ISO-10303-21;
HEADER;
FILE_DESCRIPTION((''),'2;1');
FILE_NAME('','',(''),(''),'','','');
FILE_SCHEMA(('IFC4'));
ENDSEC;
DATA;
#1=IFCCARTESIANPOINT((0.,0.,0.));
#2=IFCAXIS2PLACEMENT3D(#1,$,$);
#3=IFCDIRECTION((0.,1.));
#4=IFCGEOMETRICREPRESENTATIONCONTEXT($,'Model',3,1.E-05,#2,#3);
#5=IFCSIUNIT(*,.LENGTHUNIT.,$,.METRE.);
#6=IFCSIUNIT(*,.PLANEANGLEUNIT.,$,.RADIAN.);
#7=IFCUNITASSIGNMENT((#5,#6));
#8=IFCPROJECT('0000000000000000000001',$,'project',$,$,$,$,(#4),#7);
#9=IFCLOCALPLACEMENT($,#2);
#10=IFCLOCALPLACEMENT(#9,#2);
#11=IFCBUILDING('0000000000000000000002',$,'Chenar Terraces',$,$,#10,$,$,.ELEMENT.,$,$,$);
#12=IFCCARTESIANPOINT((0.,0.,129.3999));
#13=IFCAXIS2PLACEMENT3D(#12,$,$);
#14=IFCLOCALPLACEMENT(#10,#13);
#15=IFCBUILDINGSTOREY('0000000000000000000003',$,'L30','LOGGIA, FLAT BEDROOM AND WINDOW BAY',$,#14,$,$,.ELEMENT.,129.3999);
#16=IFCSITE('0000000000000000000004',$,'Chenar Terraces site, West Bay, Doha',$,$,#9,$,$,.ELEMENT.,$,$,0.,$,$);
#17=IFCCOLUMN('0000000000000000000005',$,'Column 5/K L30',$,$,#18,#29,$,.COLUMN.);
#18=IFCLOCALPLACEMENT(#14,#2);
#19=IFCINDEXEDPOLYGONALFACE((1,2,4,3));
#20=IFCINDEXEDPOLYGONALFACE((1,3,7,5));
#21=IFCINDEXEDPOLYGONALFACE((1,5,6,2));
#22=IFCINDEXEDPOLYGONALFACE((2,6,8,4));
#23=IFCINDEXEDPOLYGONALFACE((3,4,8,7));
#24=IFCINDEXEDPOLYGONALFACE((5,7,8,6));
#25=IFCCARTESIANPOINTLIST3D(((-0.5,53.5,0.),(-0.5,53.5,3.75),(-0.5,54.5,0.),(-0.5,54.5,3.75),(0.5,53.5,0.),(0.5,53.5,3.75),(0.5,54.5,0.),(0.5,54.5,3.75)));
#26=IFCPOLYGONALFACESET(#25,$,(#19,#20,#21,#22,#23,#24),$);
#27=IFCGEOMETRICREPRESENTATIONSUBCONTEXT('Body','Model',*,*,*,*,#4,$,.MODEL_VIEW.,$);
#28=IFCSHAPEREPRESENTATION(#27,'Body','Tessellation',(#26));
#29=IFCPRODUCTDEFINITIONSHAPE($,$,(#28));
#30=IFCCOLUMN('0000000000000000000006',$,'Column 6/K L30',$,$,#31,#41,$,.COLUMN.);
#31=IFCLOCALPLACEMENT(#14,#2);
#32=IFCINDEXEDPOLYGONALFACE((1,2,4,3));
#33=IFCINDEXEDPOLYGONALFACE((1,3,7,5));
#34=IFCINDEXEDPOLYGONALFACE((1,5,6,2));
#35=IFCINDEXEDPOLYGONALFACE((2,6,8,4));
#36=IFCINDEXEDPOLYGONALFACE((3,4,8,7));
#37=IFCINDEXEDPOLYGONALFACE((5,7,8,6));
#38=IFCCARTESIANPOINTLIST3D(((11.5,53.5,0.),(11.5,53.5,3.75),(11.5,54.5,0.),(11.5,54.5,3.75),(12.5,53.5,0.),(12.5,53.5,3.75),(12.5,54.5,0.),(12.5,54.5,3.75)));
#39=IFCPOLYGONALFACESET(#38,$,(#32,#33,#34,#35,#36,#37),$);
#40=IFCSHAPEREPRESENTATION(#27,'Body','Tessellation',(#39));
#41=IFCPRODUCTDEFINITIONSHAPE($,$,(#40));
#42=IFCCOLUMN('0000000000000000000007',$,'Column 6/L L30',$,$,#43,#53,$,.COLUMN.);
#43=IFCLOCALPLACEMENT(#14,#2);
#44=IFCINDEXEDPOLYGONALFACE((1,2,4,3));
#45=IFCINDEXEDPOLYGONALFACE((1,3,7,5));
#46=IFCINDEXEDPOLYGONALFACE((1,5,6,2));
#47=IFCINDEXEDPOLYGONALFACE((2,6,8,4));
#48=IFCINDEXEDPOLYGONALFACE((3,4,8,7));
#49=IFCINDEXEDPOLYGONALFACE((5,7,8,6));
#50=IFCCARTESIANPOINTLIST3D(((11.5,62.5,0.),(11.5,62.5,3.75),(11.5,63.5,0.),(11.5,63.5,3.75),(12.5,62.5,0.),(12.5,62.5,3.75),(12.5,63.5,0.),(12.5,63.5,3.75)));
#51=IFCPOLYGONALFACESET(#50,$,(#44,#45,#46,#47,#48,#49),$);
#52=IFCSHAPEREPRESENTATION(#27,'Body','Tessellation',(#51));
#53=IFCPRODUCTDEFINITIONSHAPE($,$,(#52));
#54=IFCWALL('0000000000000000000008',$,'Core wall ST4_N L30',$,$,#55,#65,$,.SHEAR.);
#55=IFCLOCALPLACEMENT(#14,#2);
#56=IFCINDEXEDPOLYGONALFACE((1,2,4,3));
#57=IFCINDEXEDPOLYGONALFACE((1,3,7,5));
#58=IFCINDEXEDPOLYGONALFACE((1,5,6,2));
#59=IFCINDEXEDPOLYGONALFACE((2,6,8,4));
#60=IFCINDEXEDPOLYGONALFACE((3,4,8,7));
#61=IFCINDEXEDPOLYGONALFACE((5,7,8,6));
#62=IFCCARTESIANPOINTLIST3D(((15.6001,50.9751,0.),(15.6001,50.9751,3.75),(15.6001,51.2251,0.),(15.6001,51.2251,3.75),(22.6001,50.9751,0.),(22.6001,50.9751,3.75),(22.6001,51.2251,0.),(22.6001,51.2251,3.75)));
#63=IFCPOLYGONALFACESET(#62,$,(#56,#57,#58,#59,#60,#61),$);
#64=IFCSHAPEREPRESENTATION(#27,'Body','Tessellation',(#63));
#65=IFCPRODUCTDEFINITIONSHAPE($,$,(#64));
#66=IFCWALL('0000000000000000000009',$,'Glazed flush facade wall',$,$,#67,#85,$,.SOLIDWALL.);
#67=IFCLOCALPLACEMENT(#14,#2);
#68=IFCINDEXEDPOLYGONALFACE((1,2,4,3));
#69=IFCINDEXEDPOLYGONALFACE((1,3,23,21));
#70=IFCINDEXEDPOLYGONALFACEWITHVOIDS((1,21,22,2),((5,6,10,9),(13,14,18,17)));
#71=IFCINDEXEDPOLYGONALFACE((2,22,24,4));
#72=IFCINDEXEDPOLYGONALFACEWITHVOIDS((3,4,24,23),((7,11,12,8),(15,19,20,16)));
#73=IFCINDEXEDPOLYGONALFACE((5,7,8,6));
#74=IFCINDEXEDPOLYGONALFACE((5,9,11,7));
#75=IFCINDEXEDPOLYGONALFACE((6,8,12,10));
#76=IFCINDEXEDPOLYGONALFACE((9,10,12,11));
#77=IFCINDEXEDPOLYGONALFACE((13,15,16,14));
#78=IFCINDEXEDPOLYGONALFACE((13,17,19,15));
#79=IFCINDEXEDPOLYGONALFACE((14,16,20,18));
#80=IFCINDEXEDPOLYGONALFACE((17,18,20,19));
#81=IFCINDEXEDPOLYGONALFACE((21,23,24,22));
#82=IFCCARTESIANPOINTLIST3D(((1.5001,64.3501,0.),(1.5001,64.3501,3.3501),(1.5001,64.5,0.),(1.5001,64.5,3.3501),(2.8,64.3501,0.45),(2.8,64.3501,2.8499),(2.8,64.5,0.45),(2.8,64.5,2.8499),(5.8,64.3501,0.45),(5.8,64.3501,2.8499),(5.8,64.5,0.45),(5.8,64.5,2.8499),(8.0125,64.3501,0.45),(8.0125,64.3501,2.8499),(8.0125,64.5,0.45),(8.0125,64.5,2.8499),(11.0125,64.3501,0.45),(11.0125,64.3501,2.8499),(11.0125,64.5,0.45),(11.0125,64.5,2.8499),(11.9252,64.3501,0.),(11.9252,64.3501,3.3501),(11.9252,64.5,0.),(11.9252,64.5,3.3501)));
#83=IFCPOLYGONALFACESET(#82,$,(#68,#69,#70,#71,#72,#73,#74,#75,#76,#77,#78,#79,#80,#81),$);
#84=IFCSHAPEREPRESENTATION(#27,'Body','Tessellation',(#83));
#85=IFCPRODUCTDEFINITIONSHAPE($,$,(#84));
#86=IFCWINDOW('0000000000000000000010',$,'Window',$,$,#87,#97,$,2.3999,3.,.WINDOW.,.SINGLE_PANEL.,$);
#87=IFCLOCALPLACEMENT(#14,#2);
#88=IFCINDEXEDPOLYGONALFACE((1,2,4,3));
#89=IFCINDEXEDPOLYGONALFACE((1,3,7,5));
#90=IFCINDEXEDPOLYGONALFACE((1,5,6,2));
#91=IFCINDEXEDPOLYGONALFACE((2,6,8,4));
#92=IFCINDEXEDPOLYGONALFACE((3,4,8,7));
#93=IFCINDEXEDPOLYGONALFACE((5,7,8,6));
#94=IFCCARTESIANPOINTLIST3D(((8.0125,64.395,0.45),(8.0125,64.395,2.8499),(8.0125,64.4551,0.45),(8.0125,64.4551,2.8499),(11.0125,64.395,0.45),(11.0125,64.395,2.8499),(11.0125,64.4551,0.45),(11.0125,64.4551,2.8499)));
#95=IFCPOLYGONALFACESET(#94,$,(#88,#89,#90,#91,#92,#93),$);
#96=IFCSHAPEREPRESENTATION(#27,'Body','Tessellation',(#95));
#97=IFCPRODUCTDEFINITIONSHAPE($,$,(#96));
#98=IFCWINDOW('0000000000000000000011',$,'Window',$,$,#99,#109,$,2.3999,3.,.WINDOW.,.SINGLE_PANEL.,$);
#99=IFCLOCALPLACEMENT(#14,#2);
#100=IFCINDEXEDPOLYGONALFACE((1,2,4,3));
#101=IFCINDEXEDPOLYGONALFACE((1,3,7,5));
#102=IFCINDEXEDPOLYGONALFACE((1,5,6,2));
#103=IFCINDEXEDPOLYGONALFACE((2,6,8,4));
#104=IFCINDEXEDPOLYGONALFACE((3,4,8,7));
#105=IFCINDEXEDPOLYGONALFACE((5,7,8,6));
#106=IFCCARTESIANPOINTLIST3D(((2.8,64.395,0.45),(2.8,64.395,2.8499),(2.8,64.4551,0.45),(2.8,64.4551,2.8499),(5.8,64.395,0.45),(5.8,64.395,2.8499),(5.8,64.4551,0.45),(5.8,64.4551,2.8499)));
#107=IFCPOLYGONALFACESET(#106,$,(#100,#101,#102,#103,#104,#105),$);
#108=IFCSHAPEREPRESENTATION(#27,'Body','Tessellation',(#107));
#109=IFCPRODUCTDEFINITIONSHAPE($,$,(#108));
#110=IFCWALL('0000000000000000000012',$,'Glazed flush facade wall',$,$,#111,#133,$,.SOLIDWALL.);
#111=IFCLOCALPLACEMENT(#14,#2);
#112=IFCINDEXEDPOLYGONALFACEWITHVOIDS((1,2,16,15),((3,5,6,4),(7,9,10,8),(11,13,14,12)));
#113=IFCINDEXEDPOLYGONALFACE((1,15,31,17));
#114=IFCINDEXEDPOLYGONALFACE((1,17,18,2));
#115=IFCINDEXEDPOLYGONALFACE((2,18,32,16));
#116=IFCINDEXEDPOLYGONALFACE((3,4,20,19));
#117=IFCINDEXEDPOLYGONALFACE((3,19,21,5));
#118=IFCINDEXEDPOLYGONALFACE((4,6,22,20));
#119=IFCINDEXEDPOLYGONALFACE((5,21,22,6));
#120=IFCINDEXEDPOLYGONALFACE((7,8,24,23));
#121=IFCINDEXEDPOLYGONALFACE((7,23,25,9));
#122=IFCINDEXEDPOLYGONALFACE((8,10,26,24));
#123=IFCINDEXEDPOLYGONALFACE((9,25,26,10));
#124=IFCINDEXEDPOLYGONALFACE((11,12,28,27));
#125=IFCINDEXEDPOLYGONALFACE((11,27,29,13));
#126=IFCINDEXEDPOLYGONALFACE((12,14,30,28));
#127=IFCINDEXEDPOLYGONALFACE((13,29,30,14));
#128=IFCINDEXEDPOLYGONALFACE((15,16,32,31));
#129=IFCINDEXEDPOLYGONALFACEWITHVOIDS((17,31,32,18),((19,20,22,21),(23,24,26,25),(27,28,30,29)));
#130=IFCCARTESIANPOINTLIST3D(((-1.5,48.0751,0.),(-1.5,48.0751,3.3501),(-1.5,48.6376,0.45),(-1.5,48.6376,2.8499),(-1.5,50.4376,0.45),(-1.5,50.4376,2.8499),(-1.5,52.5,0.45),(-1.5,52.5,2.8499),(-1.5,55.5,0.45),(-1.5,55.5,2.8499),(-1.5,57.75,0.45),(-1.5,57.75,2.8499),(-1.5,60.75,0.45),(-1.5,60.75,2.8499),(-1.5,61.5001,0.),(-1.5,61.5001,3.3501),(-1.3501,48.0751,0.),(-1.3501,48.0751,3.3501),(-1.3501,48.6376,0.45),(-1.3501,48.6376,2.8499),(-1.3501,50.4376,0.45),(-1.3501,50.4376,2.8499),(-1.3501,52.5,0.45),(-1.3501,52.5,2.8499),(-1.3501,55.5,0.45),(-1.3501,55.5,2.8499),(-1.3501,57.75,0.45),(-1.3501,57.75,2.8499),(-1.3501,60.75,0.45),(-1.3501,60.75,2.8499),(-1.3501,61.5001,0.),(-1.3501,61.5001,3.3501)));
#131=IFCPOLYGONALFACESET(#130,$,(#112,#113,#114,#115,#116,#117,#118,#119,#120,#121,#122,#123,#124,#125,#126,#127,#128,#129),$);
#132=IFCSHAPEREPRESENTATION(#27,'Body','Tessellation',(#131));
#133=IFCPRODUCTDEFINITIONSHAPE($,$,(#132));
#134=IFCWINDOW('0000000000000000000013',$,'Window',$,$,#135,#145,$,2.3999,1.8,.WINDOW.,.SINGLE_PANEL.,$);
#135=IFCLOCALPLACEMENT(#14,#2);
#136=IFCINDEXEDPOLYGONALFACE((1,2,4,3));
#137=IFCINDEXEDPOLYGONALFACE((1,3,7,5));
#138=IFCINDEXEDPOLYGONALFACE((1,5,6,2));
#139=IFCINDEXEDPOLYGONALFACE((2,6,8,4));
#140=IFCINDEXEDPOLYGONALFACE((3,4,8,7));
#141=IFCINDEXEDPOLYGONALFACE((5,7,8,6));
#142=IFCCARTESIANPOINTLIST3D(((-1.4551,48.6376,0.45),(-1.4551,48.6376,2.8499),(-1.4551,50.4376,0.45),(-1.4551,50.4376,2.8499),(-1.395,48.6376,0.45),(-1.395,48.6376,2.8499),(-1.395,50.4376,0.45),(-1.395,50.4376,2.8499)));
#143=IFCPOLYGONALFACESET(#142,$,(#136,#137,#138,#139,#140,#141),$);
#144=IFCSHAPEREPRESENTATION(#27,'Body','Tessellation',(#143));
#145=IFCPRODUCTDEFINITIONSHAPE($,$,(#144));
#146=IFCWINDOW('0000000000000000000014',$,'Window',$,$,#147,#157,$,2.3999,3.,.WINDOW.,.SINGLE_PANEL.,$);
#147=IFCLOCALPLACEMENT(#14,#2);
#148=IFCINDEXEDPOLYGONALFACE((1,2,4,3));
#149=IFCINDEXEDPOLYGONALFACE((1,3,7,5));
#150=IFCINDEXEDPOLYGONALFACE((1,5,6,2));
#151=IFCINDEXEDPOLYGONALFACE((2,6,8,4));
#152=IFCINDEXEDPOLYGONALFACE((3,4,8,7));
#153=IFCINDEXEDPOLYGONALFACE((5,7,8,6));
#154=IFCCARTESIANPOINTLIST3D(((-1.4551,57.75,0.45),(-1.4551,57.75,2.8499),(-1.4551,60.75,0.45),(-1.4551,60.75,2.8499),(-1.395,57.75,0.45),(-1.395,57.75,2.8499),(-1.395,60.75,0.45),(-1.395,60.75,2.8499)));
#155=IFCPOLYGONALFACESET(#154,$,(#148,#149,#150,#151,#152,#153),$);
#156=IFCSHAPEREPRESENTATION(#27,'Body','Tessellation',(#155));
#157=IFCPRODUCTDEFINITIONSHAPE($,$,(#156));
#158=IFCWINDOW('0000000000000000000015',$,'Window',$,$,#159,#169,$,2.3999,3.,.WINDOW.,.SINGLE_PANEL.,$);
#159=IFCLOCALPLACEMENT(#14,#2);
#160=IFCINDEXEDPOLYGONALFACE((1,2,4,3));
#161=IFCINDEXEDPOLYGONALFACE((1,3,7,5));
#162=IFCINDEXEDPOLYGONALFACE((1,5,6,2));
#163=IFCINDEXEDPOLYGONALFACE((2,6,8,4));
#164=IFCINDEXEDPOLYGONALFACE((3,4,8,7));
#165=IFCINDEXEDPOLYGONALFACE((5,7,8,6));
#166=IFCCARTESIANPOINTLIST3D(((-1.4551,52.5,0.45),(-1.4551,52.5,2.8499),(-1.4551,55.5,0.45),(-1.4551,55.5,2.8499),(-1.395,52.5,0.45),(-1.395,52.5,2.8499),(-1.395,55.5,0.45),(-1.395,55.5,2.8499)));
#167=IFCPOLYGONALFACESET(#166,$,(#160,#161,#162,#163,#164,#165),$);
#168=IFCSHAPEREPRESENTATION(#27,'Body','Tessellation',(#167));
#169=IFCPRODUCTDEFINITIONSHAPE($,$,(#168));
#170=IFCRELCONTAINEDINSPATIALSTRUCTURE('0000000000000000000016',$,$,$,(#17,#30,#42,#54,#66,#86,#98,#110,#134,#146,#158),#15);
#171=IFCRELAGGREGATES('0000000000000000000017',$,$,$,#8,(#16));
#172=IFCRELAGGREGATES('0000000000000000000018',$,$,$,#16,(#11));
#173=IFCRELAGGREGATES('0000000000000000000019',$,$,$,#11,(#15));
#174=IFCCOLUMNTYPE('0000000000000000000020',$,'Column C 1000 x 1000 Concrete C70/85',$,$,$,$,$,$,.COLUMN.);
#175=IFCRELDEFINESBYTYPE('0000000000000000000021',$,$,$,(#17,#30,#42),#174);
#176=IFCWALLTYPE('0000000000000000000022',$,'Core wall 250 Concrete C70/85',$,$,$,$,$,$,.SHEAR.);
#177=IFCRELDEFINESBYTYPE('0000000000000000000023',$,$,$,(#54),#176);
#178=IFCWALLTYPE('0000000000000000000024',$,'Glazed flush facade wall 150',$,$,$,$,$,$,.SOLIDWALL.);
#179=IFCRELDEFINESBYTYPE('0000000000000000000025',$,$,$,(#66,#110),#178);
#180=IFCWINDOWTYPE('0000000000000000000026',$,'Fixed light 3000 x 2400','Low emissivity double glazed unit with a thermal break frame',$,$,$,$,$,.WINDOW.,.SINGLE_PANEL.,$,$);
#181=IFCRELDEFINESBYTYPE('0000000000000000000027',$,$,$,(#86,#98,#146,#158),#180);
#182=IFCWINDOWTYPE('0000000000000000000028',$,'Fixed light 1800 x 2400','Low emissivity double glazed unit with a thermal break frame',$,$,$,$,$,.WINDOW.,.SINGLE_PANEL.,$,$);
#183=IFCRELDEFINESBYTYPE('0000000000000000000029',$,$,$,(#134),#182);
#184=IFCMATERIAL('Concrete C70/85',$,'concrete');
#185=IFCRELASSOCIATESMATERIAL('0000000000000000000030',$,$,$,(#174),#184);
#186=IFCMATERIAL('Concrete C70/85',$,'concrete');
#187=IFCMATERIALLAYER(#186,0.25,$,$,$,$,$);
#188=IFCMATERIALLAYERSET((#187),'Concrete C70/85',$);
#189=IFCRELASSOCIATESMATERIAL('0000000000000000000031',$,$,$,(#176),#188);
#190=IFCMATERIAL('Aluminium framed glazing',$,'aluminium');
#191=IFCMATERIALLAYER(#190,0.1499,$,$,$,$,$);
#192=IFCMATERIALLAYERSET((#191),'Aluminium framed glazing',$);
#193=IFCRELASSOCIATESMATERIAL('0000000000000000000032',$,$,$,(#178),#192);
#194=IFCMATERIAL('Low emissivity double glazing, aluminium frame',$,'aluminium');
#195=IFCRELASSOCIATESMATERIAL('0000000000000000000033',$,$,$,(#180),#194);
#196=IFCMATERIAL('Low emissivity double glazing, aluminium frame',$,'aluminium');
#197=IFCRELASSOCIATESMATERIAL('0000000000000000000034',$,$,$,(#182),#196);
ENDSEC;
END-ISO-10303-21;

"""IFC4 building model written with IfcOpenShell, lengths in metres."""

from ifc_helpers import new_model, si_unit, direction, frame, frame_2d, origin, origin_2d, place, context, subcontext, project, spatial, rectangle, extrude, material, layer, layer_set, material_profile, profile_set, type_object, element, fill, save


model = new_model("IFC4")

# Units and contexts
model_context = context("Model", 3, precision=1e-05, world=origin(), true_north=direction((0.0, 1.0)))
body_context = subcontext(model_context, "Body", "Model", "MODEL_VIEW")
ifc_project = project(units=[si_unit("LENGTHUNIT", "METRE"), si_unit("PLANEANGLEUNIT", "RADIAN")], contexts=[model_context])

# Site, building, storey
site_placement = place(None, origin())
site = spatial("IfcSite", under=ifc_project, at=site_placement, Name="Chenar Terraces site, West Bay, Doha", CompositionType="ELEMENT", RefElevation=0.0)
building_placement = place(site_placement, origin())
building = spatial("IfcBuilding", under=site, at=building_placement, Name="Chenar Terraces", CompositionType="ELEMENT")
storey_placement = place(building_placement, frame((0.0, 0.0, 129.3999)))
storey = spatial("IfcBuildingStorey", under=building, at=storey_placement, Name="L30", Description="LOGGIA, FLAT BEDROOM AND WINDOW BAY", CompositionType="ELEMENT", Elevation=129.3999)

# Columns
ifc_material_1 = material(Name="Concrete C70/85", Category="concrete")
ifc_material_profile_1 = material_profile(ifc_material_1, rectangle(XDim=1.0, YDim=1.0, at=origin_2d()), Name="C 1000 x 1000")
ifc_profile_set_1 = profile_set([ifc_material_profile_1], Name="Concrete C70/85")
column_type = type_object("IfcColumnType", Name="Column C 1000 x 1000 Concrete C70/85", PredefinedType="COLUMN", material=ifc_profile_set_1)
for number, where, z_axis, x_axis, name in (
    (1, (0.0, 54.0, 0.0), (0.0, 0.0, 1.0), (1.0, 0.0, 0.0), "Column 5/K L30"),
    (2, (12.0, 54.0, 0.0), (0.0, 0.0, 1.0), (1.0, 0.0, 0.0), "Column 6/K L30"),
    (3, (12.0, 63.0, 0.0), (0.0, 0.0, 1.0), (1.0, 0.0, 0.0), "Column 6/L L30"),
):
    element("IfcColumn", number, at=place(storey_placement, frame(where, z_axis=z_axis, x_axis=x_axis)), inside=storey, type_object=column_type, Name=name, PredefinedType="COLUMN", context=body_context, shape_type="SweptSolid", body=[
        extrude(rectangle(XDim=1.0, YDim=1.0, at=origin_2d()), origin(), (0.0, 0.0, 1.0), 3.75),
    ])

# Wall
ifc_material_2 = material(Name="Concrete C70/85", Category="concrete")
ifc_layer_1 = layer(ifc_material_2, 0.25)
ifc_layer_set_1 = layer_set([ifc_layer_1], Name="Concrete C70/85")
wall_type_1 = type_object("IfcWallType", Name="Core wall 250 Concrete C70/85", PredefinedType="SHEAR", material=ifc_layer_set_1)
wall_1_placement = place(storey_placement, frame((15.6001, 51.1001, 0.0), z_axis=(0.0, 0.0, 1.0), x_axis=(1.0, 0.0, 0.0)))
element("IfcWall", 4, at=wall_1_placement, inside=storey, type_object=wall_type_1, Name="Core wall ST4_N L30", PredefinedType="SHEAR", context=body_context, shape_type="SweptSolid", body=[
    extrude(rectangle(XDim=7.0, YDim=0.25, at=frame_2d((3.5, 0.0))), origin(), (0.0, 0.0, 1.0), 3.75),
])

# Walls, openings, windows
ifc_material_3 = material(Name="Aluminium framed glazing", Category="aluminium")
ifc_layer_2 = layer(ifc_material_3, 0.1499)
ifc_layer_set_2 = layer_set([ifc_layer_2], Name="Aluminium framed glazing")
wall_type_2 = type_object("IfcWallType", Name="Glazed flush facade wall 150", PredefinedType="SOLIDWALL", material=ifc_layer_set_2)
wall_2_placement = place(storey_placement, frame((11.925, 64.425, 0.0), z_axis=(0.0, 0.0, 1.0), x_axis=(-1.0, 0.0, 0.0)))
wall_2 = element("IfcWall", 5, at=wall_2_placement, inside=storey, type_object=wall_type_2, Name="Glazed flush facade wall", PredefinedType="SOLIDWALL", context=body_context, shape_type="SweptSolid", body=[
    extrude(rectangle(XDim=10.425, YDim=0.1499, at=frame_2d((5.2124, 0.0))), origin(), (0.0, 0.0, 1.0), 3.3501),
])
opening_1_placement = place(wall_2_placement, frame((0.9126, 0.0, 0.45)))
opening_1 = element("IfcOpeningElement", 6, at=opening_1_placement, cuts=wall_2, PredefinedType="OPENING", context=body_context, shape_type="SweptSolid", body=[
    extrude(rectangle(XDim=3.0, YDim=2.3999, at=frame_2d((1.5, 1.2))), frame((0.0, 0.085, 0.0), z_axis=(0.0, -1.0, 0.0), x_axis=(1.0, 0.0, 0.0)), (0.0, 0.0, 1.0), 0.1699),
])
opening_2_placement = place(wall_2_placement, frame((6.125, 0.0, 0.45)))
opening_2 = element("IfcOpeningElement", 7, at=opening_2_placement, cuts=wall_2, PredefinedType="OPENING", context=body_context, shape_type="SweptSolid", body=[
    extrude(rectangle(XDim=3.0, YDim=2.3999, at=frame_2d((1.5, 1.2))), frame((0.0, 0.085, 0.0), z_axis=(0.0, -1.0, 0.0), x_axis=(1.0, 0.0, 0.0)), (0.0, 0.0, 1.0), 0.1699),
])
ifc_material_4 = material(Name="Low emissivity double glazing, aluminium frame", Category="aluminium")
window_type_1 = type_object("IfcWindowType", Name="Fixed light 3000 x 2400", Description="Low emissivity double glazed unit with a thermal break frame", PartitioningType="SINGLE_PANEL", PredefinedType="WINDOW", material=ifc_material_4)
window_1_placement = place(opening_1_placement, origin())
window_1 = element("IfcWindow", 8, at=window_1_placement, inside=storey, type_object=window_type_1, Name="Window", OverallHeight=2.3999, OverallWidth=3.0, PartitioningType="SINGLE_PANEL", PredefinedType="WINDOW", context=body_context, shape_type="SweptSolid", body=[
    extrude(rectangle(XDim=3.0, YDim=2.3999, at=frame_2d((1.5, 1.2))), frame((0.0, 0.03, 0.0), z_axis=(0.0, -1.0, 0.0), x_axis=(1.0, 0.0, 0.0)), (0.0, 0.0, 1.0), 0.0601),
])
fill(opening_1, window_1)
window_2_placement = place(opening_2_placement, origin())
window_2 = element("IfcWindow", 9, at=window_2_placement, inside=storey, type_object=window_type_1, Name="Window", OverallHeight=2.3999, OverallWidth=3.0, PartitioningType="SINGLE_PANEL", PredefinedType="WINDOW", context=body_context, shape_type="SweptSolid", body=[
    extrude(rectangle(XDim=3.0, YDim=2.3999, at=frame_2d((1.5, 1.2))), frame((0.0, 0.03, 0.0), z_axis=(0.0, -1.0, 0.0), x_axis=(1.0, 0.0, 0.0)), (0.0, 0.0, 1.0), 0.0601),
])
fill(opening_2, window_2)
wall_3_placement = place(storey_placement, frame((-1.425, 61.5, 0.0), z_axis=(0.0, 0.0, 1.0), x_axis=(0.0, -1.0, 0.0)))
wall_3 = element("IfcWall", 10, at=wall_3_placement, inside=storey, type_object=wall_type_2, Name="Glazed flush facade wall", PredefinedType="SOLIDWALL", context=body_context, shape_type="SweptSolid", body=[
    extrude(rectangle(XDim=13.425, YDim=0.1499, at=frame_2d((6.7124, 0.0))), origin(), (0.0, 0.0, 1.0), 3.3501),
])
opening_3_placement = place(wall_3_placement, frame((0.75, 0.0, 0.45)))
opening_3 = element("IfcOpeningElement", 11, at=opening_3_placement, cuts=wall_3, PredefinedType="OPENING", context=body_context, shape_type="SweptSolid", body=[
    extrude(rectangle(XDim=3.0, YDim=2.3999, at=frame_2d((1.5, 1.2))), frame((0.0, 0.085, 0.0), z_axis=(0.0, -1.0, 0.0), x_axis=(1.0, 0.0, 0.0)), (0.0, 0.0, 1.0), 0.1699),
])
opening_4_placement = place(wall_3_placement, frame((6.0, 0.0, 0.45)))
opening_4 = element("IfcOpeningElement", 12, at=opening_4_placement, cuts=wall_3, PredefinedType="OPENING", context=body_context, shape_type="SweptSolid", body=[
    extrude(rectangle(XDim=3.0, YDim=2.3999, at=frame_2d((1.5, 1.2))), frame((0.0, 0.085, 0.0), z_axis=(0.0, -1.0, 0.0), x_axis=(1.0, 0.0, 0.0)), (0.0, 0.0, 1.0), 0.1699),
])
opening_5_placement = place(wall_3_placement, frame((11.0625, 0.0, 0.45)))
opening_5 = element("IfcOpeningElement", 13, at=opening_5_placement, cuts=wall_3, PredefinedType="OPENING", context=body_context, shape_type="SweptSolid", body=[
    extrude(rectangle(XDim=1.8, YDim=2.3999, at=frame_2d((0.8999, 1.2))), frame((0.0, 0.085, 0.0), z_axis=(0.0, -1.0, 0.0), x_axis=(1.0, 0.0, 0.0)), (0.0, 0.0, 1.0), 0.1699),
])
ifc_material_5 = material(Name="Low emissivity double glazing, aluminium frame", Category="aluminium")
window_type_2 = type_object("IfcWindowType", Name="Fixed light 1800 x 2400", Description="Low emissivity double glazed unit with a thermal break frame", PartitioningType="SINGLE_PANEL", PredefinedType="WINDOW", material=ifc_material_5)
window_3_placement = place(opening_5_placement, origin())
window_3 = element("IfcWindow", 14, at=window_3_placement, inside=storey, type_object=window_type_2, Name="Window", OverallHeight=2.3999, OverallWidth=1.8, PartitioningType="SINGLE_PANEL", PredefinedType="WINDOW", context=body_context, shape_type="SweptSolid", body=[
    extrude(rectangle(XDim=1.8, YDim=2.3999, at=frame_2d((0.8999, 1.2))), frame((0.0, 0.03, 0.0), z_axis=(0.0, -1.0, 0.0), x_axis=(1.0, 0.0, 0.0)), (0.0, 0.0, 1.0), 0.0601),
])
fill(opening_5, window_3)
window_4_placement = place(opening_3_placement, origin())
window_4 = element("IfcWindow", 15, at=window_4_placement, inside=storey, type_object=window_type_1, Name="Window", OverallHeight=2.3999, OverallWidth=3.0, PartitioningType="SINGLE_PANEL", PredefinedType="WINDOW", context=body_context, shape_type="SweptSolid", body=[
    extrude(rectangle(XDim=3.0, YDim=2.3999, at=frame_2d((1.5, 1.2))), frame((0.0, 0.03, 0.0), z_axis=(0.0, -1.0, 0.0), x_axis=(1.0, 0.0, 0.0)), (0.0, 0.0, 1.0), 0.0601),
])
fill(opening_3, window_4)
window_5_placement = place(opening_4_placement, origin())
window_5 = element("IfcWindow", 16, at=window_5_placement, inside=storey, type_object=window_type_1, Name="Window", OverallHeight=2.3999, OverallWidth=3.0, PartitioningType="SINGLE_PANEL", PredefinedType="WINDOW", context=body_context, shape_type="SweptSolid", body=[
    extrude(rectangle(XDim=3.0, YDim=2.3999, at=frame_2d((1.5, 1.2))), frame((0.0, 0.03, 0.0), z_axis=(0.0, -1.0, 0.0), x_axis=(1.0, 0.0, 0.0)), (0.0, 0.0, 1.0), 0.0601),
])
fill(opening_4, window_5)

save(model, "model.ifc")
